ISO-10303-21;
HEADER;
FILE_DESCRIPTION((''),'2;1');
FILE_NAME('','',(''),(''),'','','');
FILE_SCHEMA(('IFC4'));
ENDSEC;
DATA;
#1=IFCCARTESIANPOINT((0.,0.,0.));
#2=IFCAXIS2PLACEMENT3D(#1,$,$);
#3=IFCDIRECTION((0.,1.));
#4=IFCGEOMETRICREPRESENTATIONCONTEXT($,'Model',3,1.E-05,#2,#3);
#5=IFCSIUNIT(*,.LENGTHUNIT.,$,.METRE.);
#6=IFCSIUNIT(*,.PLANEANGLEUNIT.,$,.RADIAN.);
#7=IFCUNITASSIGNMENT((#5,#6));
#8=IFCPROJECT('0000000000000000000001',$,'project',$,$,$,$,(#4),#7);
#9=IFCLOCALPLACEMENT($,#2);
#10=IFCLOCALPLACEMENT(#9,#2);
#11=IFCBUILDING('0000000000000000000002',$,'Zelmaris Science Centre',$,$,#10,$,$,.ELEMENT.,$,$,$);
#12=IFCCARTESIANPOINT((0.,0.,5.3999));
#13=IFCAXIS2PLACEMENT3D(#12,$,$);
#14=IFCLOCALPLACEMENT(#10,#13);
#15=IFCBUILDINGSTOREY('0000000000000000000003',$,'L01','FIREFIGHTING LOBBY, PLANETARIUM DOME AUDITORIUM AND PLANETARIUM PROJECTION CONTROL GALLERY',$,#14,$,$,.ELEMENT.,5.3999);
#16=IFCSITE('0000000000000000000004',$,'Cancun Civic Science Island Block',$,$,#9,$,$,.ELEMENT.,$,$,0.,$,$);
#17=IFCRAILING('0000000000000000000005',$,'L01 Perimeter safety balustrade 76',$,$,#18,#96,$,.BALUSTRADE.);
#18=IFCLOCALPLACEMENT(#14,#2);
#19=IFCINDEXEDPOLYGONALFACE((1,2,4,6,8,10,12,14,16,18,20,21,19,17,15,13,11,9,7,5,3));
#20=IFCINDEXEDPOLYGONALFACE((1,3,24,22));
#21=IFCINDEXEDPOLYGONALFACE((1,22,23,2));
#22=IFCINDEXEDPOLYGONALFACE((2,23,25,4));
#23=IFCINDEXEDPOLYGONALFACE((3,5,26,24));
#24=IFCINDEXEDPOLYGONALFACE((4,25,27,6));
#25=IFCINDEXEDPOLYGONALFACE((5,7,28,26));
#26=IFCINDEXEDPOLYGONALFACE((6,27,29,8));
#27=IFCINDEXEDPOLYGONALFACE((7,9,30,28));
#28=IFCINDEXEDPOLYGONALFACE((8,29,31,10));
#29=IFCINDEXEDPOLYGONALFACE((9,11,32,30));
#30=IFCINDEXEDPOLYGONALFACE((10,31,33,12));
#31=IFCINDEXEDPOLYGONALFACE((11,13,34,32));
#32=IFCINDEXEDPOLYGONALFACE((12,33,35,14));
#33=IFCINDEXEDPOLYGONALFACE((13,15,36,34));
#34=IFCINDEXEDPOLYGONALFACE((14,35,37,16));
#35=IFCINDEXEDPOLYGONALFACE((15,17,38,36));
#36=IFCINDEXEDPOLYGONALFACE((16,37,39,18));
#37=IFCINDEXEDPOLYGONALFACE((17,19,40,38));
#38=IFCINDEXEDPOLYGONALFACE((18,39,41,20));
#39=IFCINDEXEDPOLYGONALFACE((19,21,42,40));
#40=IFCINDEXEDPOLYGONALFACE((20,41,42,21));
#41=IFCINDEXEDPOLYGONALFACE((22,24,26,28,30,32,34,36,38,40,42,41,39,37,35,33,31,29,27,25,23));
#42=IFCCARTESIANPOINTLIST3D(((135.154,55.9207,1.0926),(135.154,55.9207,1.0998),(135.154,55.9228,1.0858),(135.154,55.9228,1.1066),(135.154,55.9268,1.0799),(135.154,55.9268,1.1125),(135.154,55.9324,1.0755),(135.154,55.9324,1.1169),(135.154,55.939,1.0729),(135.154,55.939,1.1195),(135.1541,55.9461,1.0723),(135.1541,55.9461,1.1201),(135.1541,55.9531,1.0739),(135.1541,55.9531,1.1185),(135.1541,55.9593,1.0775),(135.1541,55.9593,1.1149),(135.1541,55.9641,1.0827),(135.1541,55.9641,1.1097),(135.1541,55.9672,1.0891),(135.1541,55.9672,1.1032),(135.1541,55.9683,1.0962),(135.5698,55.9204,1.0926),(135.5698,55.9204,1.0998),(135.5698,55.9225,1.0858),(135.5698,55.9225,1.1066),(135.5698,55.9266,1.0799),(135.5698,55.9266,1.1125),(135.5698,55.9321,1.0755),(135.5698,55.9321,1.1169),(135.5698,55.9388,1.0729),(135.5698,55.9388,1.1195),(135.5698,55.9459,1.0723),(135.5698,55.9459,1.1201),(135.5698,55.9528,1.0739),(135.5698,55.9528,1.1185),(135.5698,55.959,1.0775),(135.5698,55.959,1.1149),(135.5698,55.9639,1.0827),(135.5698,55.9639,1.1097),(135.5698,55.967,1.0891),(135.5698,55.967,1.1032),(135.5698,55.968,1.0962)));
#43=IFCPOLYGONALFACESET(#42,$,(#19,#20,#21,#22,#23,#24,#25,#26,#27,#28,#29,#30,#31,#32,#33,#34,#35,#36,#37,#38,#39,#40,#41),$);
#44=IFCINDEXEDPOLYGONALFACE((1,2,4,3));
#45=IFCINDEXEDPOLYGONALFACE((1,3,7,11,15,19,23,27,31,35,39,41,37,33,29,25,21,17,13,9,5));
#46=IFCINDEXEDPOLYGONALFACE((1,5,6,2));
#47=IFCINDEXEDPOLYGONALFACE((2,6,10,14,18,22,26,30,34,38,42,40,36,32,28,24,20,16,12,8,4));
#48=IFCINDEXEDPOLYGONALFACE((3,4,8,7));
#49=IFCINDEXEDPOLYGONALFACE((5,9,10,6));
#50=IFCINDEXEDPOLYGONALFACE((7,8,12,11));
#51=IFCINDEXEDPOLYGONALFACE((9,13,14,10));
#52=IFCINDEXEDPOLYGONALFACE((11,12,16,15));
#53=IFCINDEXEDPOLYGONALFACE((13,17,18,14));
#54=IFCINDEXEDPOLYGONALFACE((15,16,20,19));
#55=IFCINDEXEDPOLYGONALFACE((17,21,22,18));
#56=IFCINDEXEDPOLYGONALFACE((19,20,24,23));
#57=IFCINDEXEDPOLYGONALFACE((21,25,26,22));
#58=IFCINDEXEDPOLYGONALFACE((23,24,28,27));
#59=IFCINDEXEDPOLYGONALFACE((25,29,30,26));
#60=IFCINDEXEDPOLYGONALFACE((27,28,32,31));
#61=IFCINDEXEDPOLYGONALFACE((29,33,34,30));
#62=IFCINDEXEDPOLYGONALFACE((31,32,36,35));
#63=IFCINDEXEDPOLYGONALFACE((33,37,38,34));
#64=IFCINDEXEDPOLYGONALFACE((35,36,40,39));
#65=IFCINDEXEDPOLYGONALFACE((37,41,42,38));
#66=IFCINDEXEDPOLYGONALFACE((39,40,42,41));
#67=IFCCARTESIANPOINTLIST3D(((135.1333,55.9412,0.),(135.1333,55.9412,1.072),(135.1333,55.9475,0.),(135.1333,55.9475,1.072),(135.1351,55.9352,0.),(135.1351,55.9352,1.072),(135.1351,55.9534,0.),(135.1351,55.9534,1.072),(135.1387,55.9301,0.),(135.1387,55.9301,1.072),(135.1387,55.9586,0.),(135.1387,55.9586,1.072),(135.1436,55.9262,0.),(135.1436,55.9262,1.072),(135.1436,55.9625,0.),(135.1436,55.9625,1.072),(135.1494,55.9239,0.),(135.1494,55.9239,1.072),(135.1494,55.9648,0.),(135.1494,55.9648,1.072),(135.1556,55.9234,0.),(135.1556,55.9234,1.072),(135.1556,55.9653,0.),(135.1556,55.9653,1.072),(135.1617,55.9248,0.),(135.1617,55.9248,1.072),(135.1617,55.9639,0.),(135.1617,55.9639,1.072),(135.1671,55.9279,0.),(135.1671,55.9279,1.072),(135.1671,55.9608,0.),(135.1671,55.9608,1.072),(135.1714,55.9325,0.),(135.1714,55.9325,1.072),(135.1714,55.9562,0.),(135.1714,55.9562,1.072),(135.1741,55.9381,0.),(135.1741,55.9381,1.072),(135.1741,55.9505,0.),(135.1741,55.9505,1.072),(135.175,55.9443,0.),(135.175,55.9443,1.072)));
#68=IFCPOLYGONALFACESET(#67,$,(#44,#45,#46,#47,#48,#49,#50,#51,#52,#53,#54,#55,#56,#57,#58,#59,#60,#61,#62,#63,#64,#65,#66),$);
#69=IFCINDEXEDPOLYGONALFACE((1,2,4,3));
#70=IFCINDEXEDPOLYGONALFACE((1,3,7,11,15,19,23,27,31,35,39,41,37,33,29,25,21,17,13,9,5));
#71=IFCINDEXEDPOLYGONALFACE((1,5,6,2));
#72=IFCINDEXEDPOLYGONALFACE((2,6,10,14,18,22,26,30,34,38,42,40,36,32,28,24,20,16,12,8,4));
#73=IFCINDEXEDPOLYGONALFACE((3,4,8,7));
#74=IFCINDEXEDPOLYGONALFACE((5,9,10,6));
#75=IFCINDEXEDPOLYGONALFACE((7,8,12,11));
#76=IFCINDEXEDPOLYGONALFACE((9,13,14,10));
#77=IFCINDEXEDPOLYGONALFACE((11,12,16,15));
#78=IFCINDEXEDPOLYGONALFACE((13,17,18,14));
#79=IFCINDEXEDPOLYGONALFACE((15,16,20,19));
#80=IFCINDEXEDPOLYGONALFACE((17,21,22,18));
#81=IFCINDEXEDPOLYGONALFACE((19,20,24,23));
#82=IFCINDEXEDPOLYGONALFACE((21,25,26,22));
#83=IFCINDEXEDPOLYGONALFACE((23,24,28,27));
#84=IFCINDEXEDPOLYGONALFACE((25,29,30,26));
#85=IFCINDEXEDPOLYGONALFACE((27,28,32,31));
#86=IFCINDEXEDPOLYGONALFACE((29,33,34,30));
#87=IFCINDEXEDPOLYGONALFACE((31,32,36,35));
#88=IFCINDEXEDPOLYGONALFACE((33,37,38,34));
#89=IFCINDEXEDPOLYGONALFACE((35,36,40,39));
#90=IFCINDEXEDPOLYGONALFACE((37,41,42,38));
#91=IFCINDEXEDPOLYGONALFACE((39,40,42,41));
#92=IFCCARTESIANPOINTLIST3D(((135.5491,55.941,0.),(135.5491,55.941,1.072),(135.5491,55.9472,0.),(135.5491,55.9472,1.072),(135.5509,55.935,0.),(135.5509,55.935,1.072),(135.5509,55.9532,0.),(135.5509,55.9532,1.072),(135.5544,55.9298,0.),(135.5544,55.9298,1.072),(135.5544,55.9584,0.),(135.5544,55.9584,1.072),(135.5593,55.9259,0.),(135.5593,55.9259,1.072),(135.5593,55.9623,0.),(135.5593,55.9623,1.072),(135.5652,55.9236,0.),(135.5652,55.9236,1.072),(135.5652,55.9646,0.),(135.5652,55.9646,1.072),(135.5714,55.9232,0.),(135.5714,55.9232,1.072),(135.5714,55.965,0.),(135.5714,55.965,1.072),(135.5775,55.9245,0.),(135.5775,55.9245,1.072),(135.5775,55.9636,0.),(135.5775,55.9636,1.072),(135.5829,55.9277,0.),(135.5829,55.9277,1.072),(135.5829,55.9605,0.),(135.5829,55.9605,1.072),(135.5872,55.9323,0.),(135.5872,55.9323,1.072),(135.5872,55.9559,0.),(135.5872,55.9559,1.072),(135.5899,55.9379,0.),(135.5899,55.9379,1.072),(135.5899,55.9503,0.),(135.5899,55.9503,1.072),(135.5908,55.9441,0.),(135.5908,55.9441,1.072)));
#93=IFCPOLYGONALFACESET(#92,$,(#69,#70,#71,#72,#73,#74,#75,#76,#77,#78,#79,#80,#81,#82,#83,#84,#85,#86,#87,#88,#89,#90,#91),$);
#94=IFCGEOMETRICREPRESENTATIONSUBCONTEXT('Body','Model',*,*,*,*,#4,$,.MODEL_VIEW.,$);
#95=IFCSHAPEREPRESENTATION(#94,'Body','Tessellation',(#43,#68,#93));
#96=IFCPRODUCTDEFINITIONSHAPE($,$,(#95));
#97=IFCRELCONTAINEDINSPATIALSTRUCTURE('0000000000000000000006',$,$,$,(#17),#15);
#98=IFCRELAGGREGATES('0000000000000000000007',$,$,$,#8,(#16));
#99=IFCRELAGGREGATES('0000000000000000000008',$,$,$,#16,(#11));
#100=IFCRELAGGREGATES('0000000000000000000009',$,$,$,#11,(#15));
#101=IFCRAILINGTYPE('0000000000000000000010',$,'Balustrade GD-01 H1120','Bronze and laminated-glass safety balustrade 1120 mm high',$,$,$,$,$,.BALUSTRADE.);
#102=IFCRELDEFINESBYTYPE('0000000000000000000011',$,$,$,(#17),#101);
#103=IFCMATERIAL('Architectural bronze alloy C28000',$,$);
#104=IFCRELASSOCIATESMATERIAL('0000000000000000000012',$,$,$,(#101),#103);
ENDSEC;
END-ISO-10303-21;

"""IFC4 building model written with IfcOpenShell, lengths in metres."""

from ifc_helpers import new_model, si_unit, direction, frame, origin, origin_2d, place, context, subcontext, project, spatial, circle, extrude, material, type_object, element, save


model = new_model("IFC4")

# Units and contexts
model_context = context("Model", 3, precision=1e-05, world=origin(), true_north=direction((0.0, 1.0)))
body_context = subcontext(model_context, "Body", "Model", "MODEL_VIEW")
ifc_project = project(units=[si_unit("LENGTHUNIT", "METRE"), si_unit("PLANEANGLEUNIT", "RADIAN")], contexts=[model_context])

# Site, building, storey
site_placement = place(None, origin())
site = spatial("IfcSite", under=ifc_project, at=site_placement, Name="Cancun Civic Science Island Block", CompositionType="ELEMENT", RefElevation=0.0)
building_placement = place(site_placement, origin())
building = spatial("IfcBuilding", under=site, at=building_placement, Name="Zelmaris Science Centre", CompositionType="ELEMENT")
storey_placement = place(building_placement, frame((0.0, 0.0, 5.3999)))
storey = spatial("IfcBuildingStorey", under=building, at=storey_placement, Name="L01", Description="FIREFIGHTING LOBBY, PLANETARIUM DOME AUDITORIUM AND PLANETARIUM PROJECTION CONTROL GALLERY", CompositionType="ELEMENT", Elevation=5.3999)

# Railing
ifc_material_1 = material(Name="Architectural bronze alloy C28000")
railing_type = type_object("IfcRailingType", Name="Balustrade GD-01 H1120", Description="Bronze and laminated-glass safety balustrade 1120 mm high", PredefinedType="BALUSTRADE", material=ifc_material_1)
railing_1_placement = place(storey_placement, frame((135.1541, 55.9443, 0.0)))
element("IfcRailing", 1, at=railing_1_placement, inside=storey, type_object=railing_type, Name="L01 Perimeter safety balustrade 76", PredefinedType="BALUSTRADE", context=body_context, shape_type="SweptSolid", body=[
    extrude(circle(Radius=0.0239, at=origin_2d()), frame((0.0, 0.0, 1.0962), z_axis=(1.0, -0.000587, 0.0), x_axis=(0.000587, 1.0, 0.0)), (0.0, 0.0, 1.0), 0.4158),
    extrude(circle(Radius=0.021, at=origin_2d()), origin(), (0.0, 0.0, 1.0), 1.072),
    extrude(circle(Radius=0.021, at=origin_2d()), frame((0.4158, -0.0002, 0.0)), (0.0, 0.0, 1.0), 1.072),
])

save(model, "model.ifc")
